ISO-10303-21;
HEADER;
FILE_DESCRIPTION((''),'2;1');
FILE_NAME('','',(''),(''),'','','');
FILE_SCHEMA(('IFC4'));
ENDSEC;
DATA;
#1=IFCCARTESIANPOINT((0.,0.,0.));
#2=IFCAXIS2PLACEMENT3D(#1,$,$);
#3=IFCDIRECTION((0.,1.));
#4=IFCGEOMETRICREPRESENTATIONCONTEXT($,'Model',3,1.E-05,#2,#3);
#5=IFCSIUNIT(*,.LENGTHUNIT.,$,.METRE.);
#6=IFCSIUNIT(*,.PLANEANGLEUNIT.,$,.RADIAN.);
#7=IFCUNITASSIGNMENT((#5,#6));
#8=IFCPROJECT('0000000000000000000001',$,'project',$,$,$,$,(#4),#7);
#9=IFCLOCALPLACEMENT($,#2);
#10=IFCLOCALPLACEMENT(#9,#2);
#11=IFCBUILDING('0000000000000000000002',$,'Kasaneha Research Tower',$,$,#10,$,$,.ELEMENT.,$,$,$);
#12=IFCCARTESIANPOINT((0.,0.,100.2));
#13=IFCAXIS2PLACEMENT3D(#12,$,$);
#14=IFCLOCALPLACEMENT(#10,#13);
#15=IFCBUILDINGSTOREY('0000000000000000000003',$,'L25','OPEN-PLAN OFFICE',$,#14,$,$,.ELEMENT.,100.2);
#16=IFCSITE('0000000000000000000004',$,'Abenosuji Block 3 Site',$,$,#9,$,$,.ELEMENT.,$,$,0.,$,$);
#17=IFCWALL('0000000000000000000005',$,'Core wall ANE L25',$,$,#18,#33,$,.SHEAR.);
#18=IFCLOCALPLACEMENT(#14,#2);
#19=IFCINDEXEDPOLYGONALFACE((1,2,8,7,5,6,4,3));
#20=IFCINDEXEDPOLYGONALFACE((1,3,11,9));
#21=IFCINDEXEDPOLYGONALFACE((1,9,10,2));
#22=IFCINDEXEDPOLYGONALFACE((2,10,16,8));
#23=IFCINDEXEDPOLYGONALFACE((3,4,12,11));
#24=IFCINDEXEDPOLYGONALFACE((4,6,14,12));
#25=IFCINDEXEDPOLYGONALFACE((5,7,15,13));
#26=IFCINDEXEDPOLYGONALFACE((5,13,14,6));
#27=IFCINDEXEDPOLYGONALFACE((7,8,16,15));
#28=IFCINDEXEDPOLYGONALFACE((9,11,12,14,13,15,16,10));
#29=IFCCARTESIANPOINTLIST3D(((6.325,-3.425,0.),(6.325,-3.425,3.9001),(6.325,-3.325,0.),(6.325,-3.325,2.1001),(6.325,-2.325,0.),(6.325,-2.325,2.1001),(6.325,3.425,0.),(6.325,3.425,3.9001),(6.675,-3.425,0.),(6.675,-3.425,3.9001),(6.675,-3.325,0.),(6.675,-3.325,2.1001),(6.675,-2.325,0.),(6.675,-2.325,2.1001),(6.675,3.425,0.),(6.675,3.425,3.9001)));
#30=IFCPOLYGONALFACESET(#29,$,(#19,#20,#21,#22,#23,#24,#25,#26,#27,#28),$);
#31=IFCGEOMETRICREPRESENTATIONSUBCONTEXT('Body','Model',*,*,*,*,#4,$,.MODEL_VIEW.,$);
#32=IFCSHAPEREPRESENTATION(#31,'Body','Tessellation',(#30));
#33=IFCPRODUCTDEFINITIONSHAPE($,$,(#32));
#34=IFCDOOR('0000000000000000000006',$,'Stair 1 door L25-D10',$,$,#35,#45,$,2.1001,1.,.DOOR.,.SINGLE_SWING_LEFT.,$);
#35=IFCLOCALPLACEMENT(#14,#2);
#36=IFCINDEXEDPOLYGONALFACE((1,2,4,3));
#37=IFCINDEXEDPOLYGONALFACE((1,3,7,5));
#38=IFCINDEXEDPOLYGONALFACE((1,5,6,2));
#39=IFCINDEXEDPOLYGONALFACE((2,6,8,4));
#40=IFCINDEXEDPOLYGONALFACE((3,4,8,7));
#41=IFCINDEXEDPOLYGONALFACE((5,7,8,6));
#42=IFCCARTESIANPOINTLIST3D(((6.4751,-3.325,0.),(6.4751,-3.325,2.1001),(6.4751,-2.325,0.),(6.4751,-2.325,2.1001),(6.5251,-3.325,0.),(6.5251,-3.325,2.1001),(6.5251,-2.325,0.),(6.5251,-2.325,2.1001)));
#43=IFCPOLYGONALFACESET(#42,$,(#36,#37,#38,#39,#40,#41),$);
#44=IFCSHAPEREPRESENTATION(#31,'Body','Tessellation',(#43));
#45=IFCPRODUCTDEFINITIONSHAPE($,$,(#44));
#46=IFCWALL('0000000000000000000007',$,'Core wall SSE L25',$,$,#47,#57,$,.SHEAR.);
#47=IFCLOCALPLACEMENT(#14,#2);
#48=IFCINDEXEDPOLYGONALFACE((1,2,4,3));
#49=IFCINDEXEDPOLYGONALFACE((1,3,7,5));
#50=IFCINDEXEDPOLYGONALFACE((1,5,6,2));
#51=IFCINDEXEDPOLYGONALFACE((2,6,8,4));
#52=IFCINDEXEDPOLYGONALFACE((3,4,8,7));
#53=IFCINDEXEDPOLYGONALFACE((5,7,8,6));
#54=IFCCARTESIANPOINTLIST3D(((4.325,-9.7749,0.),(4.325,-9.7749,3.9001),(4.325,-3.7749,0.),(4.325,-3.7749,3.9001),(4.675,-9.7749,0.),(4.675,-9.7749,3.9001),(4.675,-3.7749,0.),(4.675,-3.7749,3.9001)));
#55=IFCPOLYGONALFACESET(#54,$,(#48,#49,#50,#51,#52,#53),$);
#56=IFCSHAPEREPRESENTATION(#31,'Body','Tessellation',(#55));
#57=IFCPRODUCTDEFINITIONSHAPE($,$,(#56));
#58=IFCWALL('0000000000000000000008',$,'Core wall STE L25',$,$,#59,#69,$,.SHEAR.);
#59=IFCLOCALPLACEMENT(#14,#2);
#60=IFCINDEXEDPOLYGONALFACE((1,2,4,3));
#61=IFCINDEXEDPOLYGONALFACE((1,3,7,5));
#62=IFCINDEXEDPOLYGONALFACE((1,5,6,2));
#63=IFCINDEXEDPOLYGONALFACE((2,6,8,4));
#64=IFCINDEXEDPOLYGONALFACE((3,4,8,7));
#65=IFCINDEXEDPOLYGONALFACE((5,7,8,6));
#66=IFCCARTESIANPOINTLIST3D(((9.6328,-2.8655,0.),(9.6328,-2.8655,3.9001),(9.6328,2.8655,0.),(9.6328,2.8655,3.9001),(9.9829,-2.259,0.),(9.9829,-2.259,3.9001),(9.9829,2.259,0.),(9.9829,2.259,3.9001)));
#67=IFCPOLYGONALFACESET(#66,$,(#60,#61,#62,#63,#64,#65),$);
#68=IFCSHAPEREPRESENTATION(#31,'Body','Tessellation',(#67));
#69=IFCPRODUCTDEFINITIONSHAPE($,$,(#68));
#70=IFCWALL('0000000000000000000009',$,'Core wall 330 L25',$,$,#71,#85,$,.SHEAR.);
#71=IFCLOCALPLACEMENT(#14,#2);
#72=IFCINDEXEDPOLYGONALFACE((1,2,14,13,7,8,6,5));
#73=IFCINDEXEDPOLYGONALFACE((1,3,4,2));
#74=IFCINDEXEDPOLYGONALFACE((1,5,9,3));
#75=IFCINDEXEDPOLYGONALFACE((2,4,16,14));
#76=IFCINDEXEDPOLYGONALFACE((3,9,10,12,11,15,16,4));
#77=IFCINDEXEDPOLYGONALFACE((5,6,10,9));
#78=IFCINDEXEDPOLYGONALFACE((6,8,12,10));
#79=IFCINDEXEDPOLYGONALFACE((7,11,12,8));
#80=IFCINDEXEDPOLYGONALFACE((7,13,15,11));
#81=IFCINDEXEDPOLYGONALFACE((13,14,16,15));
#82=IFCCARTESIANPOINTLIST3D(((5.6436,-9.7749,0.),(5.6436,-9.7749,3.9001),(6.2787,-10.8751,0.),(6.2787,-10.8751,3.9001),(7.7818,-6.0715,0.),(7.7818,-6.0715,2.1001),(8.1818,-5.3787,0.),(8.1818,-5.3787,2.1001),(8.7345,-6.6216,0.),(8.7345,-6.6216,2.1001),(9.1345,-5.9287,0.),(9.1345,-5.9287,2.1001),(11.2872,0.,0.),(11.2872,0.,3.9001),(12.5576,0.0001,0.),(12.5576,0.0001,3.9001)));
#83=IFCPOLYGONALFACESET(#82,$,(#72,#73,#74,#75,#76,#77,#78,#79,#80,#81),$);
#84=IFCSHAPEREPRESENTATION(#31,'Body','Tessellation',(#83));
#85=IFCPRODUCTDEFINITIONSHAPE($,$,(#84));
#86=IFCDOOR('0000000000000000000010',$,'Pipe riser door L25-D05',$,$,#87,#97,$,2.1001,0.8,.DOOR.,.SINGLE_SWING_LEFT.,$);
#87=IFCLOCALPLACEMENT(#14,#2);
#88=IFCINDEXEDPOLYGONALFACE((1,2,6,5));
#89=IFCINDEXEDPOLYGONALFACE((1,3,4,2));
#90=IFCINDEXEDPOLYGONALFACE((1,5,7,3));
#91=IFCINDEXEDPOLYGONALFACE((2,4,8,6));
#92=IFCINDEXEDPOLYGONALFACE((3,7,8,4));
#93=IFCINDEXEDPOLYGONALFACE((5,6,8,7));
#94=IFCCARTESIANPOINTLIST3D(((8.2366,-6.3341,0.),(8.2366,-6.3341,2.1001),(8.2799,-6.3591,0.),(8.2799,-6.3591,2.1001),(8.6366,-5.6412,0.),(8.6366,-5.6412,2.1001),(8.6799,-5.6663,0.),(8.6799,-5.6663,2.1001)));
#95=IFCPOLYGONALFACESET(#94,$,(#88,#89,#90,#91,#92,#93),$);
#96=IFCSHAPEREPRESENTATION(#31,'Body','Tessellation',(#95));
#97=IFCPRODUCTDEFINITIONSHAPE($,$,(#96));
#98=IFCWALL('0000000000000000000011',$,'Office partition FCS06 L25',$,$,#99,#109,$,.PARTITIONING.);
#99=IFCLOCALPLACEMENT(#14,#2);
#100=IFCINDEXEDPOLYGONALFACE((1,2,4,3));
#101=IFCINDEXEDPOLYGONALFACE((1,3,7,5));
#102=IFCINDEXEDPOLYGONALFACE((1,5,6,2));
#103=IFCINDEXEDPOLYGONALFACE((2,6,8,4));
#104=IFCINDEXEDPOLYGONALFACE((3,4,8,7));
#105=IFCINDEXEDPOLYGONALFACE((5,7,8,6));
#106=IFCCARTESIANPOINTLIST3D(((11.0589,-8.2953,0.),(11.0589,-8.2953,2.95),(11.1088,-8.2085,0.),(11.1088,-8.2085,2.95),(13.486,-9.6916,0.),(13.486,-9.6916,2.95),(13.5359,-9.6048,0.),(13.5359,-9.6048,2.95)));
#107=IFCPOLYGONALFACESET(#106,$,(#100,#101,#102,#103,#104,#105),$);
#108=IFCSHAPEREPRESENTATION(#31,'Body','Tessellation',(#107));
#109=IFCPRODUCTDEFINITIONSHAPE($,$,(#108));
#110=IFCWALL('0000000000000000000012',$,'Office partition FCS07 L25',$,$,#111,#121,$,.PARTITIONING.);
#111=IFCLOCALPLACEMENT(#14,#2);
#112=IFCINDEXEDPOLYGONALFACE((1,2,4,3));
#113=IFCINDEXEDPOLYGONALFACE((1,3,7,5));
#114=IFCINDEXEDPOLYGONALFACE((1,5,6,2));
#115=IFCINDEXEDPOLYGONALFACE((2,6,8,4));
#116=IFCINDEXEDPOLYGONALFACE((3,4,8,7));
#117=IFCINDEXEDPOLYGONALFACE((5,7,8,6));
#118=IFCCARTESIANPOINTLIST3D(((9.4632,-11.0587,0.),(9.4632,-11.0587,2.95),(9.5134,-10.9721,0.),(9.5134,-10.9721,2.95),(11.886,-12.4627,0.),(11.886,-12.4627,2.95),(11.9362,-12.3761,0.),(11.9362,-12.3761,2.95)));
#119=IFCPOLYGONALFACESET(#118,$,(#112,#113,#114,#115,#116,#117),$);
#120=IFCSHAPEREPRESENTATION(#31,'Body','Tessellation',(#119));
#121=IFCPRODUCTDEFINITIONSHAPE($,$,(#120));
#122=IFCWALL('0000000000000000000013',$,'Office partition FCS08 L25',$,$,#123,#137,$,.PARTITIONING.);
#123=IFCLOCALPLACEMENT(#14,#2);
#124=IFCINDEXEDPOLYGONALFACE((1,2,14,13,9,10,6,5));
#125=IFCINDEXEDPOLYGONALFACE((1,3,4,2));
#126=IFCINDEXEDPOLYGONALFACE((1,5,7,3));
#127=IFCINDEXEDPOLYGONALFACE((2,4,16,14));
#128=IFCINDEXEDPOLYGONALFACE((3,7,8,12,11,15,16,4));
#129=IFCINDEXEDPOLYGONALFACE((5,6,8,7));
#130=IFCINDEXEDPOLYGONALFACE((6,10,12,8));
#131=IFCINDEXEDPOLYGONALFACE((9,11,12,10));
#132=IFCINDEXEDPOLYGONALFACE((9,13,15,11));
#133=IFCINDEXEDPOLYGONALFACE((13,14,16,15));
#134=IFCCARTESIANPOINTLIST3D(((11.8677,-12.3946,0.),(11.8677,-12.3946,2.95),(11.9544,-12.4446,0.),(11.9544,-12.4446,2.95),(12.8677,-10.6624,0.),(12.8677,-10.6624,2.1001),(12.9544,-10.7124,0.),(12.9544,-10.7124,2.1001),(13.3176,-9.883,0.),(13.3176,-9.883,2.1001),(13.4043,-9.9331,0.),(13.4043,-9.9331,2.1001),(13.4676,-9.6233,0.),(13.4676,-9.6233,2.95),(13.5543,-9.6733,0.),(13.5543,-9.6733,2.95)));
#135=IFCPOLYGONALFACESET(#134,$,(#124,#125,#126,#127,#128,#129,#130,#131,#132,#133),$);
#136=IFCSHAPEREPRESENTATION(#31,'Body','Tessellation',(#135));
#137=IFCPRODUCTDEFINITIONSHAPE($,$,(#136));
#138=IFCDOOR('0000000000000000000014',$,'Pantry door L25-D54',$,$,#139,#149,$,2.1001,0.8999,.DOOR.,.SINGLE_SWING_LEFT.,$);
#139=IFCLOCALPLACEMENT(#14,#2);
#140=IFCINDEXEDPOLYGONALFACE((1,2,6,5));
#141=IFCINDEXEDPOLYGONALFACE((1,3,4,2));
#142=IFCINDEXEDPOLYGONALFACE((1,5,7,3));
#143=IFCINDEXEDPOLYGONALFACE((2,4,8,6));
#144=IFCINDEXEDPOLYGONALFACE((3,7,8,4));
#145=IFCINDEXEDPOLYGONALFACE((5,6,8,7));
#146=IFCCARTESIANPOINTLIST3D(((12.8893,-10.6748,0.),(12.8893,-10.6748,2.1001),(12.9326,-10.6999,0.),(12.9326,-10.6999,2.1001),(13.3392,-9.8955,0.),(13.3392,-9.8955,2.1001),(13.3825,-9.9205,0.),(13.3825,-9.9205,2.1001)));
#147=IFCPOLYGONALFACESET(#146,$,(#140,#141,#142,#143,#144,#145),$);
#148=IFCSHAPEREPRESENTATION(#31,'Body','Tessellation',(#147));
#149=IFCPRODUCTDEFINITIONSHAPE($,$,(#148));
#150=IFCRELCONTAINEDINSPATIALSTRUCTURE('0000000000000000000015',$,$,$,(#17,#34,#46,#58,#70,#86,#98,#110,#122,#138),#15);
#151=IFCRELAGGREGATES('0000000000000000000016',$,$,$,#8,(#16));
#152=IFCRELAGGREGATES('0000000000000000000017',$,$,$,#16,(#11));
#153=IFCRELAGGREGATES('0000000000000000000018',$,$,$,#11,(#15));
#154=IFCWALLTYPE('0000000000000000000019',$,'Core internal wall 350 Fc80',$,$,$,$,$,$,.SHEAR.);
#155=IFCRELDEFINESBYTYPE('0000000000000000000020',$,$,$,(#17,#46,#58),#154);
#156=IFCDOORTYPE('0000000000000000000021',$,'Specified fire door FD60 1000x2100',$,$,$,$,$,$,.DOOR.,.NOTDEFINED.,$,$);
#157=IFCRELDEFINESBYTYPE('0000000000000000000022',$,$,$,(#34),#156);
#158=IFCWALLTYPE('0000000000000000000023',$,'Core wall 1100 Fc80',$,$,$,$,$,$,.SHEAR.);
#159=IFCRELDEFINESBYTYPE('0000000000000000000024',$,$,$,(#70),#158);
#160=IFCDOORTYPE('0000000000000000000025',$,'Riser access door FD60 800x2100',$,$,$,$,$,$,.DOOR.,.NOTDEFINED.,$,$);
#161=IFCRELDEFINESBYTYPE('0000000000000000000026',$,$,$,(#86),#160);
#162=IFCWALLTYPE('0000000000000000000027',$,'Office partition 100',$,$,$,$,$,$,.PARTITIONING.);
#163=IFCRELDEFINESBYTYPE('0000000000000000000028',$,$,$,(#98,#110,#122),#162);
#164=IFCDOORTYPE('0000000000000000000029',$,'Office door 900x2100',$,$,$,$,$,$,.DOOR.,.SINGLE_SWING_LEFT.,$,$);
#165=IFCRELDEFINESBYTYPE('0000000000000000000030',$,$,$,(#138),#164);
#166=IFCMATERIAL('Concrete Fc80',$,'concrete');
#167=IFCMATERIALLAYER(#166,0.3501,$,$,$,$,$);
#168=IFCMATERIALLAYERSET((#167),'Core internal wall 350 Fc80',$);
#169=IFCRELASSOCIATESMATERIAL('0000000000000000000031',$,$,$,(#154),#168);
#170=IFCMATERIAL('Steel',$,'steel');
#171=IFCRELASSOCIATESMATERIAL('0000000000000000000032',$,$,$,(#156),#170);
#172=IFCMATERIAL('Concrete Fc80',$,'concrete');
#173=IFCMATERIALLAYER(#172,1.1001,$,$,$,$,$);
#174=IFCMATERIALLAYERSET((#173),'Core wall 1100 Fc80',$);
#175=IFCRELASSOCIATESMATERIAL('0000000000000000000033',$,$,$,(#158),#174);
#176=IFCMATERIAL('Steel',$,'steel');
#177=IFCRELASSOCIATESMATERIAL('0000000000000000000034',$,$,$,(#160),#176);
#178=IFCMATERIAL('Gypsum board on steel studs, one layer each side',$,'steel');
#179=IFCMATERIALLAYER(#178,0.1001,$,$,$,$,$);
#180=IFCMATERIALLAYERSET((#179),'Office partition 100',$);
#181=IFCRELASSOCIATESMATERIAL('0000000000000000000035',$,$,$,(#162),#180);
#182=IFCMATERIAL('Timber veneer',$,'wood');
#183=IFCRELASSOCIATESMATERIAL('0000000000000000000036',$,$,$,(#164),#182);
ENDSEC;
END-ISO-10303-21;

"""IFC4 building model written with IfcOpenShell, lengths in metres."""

from ifc_helpers import new_model, si_unit, direction, frame, frame_2d, origin, place, context, subcontext, project, spatial, polyline, rectangle, outline, extrude, material, layer, layer_set, type_object, element, fill, save


model = new_model("IFC4")

# Units and contexts
model_context = context("Model", 3, precision=1e-05, world=origin(), true_north=direction((0.0, 1.0)))
body_context = subcontext(model_context, "Body", "Model", "MODEL_VIEW")
ifc_project = project(units=[si_unit("LENGTHUNIT", "METRE"), si_unit("PLANEANGLEUNIT", "RADIAN")], contexts=[model_context])

# Site, building, storey
site_placement = place(None, origin())
site = spatial("IfcSite", under=ifc_project, at=site_placement, Name="Abenosuji Block 3 Site", CompositionType="ELEMENT", RefElevation=0.0)
building_placement = place(site_placement, origin())
building = spatial("IfcBuilding", under=site, at=building_placement, Name="Kasaneha Research Tower", CompositionType="ELEMENT")
storey_placement = place(building_placement, frame((0.0, 0.0, 100.2)))
storey = spatial("IfcBuildingStorey", under=building, at=storey_placement, Name="L25", Description="OPEN-PLAN OFFICE", CompositionType="ELEMENT", Elevation=100.2)

# Wall, opening, door
ifc_material_1 = material(Name="Concrete Fc80", Category="concrete")
ifc_layer_1 = layer(ifc_material_1, 0.3501)
ifc_layer_set_1 = layer_set([ifc_layer_1], Name="Core internal wall 350 Fc80")
wall_type_1 = type_object("IfcWallType", Name="Core internal wall 350 Fc80", PredefinedType="SHEAR", material=ifc_layer_set_1)
ifc_material_2 = material(Name="Steel", Category="steel")
door_type_1 = type_object("IfcDoorType", Name="Specified fire door FD60 1000x2100", OperationType="NOTDEFINED", PredefinedType="DOOR", material=ifc_material_2)
wall_1_placement = place(storey_placement, frame((6.5, -3.425, 0.0), z_axis=(0.0, 0.0, 1.0), x_axis=(0.0, 1.0, 0.0)))
wall_1 = element("IfcWall", 1, at=wall_1_placement, inside=storey, type_object=wall_type_1, Name="Core wall ANE L25", PredefinedType="SHEAR", context=body_context, shape_type="SweptSolid", body=[
    extrude(rectangle(XDim=6.8501, YDim=0.3501, at=frame_2d((3.425, 0.0))), origin(), (0.0, 0.0, 1.0), 3.9001),
])
opening_1_placement = place(wall_1_placement, frame((0.1001, 0.0, 0.0)))
opening_1 = element("IfcOpeningElement", 2, at=opening_1_placement, cuts=wall_1, PredefinedType="OPENING", context=body_context, shape_type="SweptSolid", body=[
    extrude(rectangle(XDim=1.0, YDim=2.1001, at=frame_2d((0.5, 1.05))), frame((0.0, 0.1851, 0.0), z_axis=(0.0, -1.0, 0.0), x_axis=(1.0, 0.0, 0.0)), (0.0, 0.0, 1.0), 0.3701),
])
door_1_placement = place(opening_1_placement, origin())
door_1 = element("IfcDoor", 3, at=door_1_placement, inside=storey, type_object=door_type_1, Name="Stair 1 door L25-D10", OperationType="SINGLE_SWING_LEFT", OverallHeight=2.1001, OverallWidth=1.0, PredefinedType="DOOR", context=body_context, shape_type="SweptSolid", body=[
    extrude(rectangle(XDim=1.0, YDim=2.1001, at=frame_2d((0.5, 1.05))), frame((0.0, 0.0249, 0.0), z_axis=(0.0, -1.0, 0.0), x_axis=(1.0, 0.0, 0.0)), (0.0, 0.0, 1.0), 0.05),
])
fill(opening_1, door_1)

# Walls
wall_2_placement = place(storey_placement, frame((4.5, -3.7749, 0.0), z_axis=(0.0, 0.0, 1.0), x_axis=(0.0, -1.0, 0.0)))
element("IfcWall", 4, at=wall_2_placement, inside=storey, type_object=wall_type_1, Name="Core wall SSE L25", PredefinedType="SHEAR", context=body_context, shape_type="SweptSolid", body=[
    extrude(rectangle(XDim=6.0, YDim=0.3501, at=frame_2d((3.0, 0.0))), origin(), (0.0, 0.0, 1.0), 3.9001),
])
wall_3_placement = place(storey_placement, frame((9.8079, -2.5623, 0.0), z_axis=(0.0, 0.0, 1.0), x_axis=(0.0, 1.0, 0.0)))
element("IfcWall", 5, at=wall_3_placement, inside=storey, type_object=wall_type_1, Name="Core wall STE L25", PredefinedType="SHEAR", context=body_context, shape_type="SweptSolid", body=[
    extrude(outline(polyline([(0.3032, -0.175), (4.8213, -0.175), (5.4277, 0.175), (-0.3032, 0.175), (0.3032, -0.175)])), origin(), (0.0, 0.0, 1.0), 3.9001),
])

# Wall, opening, door
ifc_material_3 = material(Name="Concrete Fc80", Category="concrete")
ifc_layer_2 = layer(ifc_material_3, 1.1001)
ifc_layer_set_2 = layer_set([ifc_layer_2], Name="Core wall 1100 Fc80")
wall_type_2 = type_object("IfcWallType", Name="Core wall 1100 Fc80", PredefinedType="SHEAR", material=ifc_layer_set_2)
wall_4_placement = place(storey_placement, frame((5.9612, -10.325, 0.0), z_axis=(0.0, 0.0, 1.0), x_axis=(0.500004, 0.866023, 0.0)))
wall_4 = element("IfcWall", 6, at=wall_4_placement, inside=storey, type_object=wall_type_2, Name="Core wall 330 L25", PredefinedType="SHEAR", context=body_context, shape_type="SweptSolid", body=[
    extrude(outline(polyline([(-0.3176, -0.55), (4.594, -0.55), (5.394, -0.55), (12.24, -0.55), (11.6047, 0.55), (5.394, 0.55), (4.594, 0.55), (0.3176, 0.55), (-0.3176, -0.55)])), origin(), (0.0, 0.0, 1.0), 3.9001),
])
opening_2_placement = place(wall_4_placement, frame((4.594, 0.0, 0.0)))
opening_2 = element("IfcOpeningElement", 7, at=opening_2_placement, cuts=wall_4, PredefinedType="OPENING", context=body_context, shape_type="SweptSolid", body=[
    extrude(rectangle(XDim=0.8, YDim=2.1001, at=frame_2d((0.3999, 1.05))), frame((0.0, 0.5601, 0.0), z_axis=(0.0, -1.0, 0.0), x_axis=(1.0, 0.0, 0.0)), (0.0, 0.0, 1.0), 1.1201),
])
ifc_material_4 = material(Name="Steel", Category="steel")
door_type_2 = type_object("IfcDoorType", Name="Riser access door FD60 800x2100", OperationType="NOTDEFINED", PredefinedType="DOOR", material=ifc_material_4)
door_2_placement = place(opening_2_placement, origin())
door_2 = element("IfcDoor", 8, at=door_2_placement, inside=storey, type_object=door_type_2, Name="Pipe riser door L25-D05", OperationType="SINGLE_SWING_LEFT", OverallHeight=2.1001, OverallWidth=0.8, PredefinedType="DOOR", context=body_context, shape_type="SweptSolid", body=[
    extrude(rectangle(XDim=0.8, YDim=2.1001, at=frame_2d((0.3999, 1.05))), frame((0.0, 0.0249, 0.0), z_axis=(0.0, -1.0, 0.0), x_axis=(1.0, 0.0, 0.0)), (0.0, 0.0, 1.0), 0.05),
])
fill(opening_2, door_2)

# Walls
ifc_material_5 = material(Name="Gypsum board on steel studs, one layer each side", Category="steel")
ifc_layer_3 = layer(ifc_material_5, 0.1001)
ifc_layer_set_3 = layer_set([ifc_layer_3], Name="Office partition 100")
wall_type_3 = type_object("IfcWallType", Name="Office partition 100", PredefinedType="PARTITIONING", material=ifc_layer_set_3)
wall_5_placement = place(storey_placement, frame((11.084, -8.252, 0.0), z_axis=(0.0, 0.0, 1.0), x_axis=(0.866796, -0.498663, 0.0)))
element("IfcWall", 9, at=wall_5_placement, inside=storey, type_object=wall_type_3, Name="Office partition FCS06 L25", PredefinedType="PARTITIONING", context=body_context, shape_type="SweptSolid", body=[
    extrude(rectangle(XDim=2.8, YDim=0.1001, at=frame_2d((1.3999, 0.0))), origin(), (0.0, 0.0, 1.0), 2.95),
])
wall_6_placement = place(storey_placement, frame((11.9111, -12.4194, 0.0), z_axis=(0.0, 0.0, 1.0), x_axis=(-0.865217, 0.501397, 0.0)))
element("IfcWall", 10, at=wall_6_placement, inside=storey, type_object=wall_type_3, Name="Office partition FCS07 L25", PredefinedType="PARTITIONING", context=body_context, shape_type="SweptSolid", body=[
    extrude(rectangle(XDim=2.8003, YDim=0.1001, at=frame_2d((1.4001, 0.0))), origin(), (0.0, 0.0, 1.0), 2.95),
])

# Wall, opening, door
wall_7_placement = place(storey_placement, frame((13.511, -9.6482, 0.0), z_axis=(0.0, 0.0, 1.0), x_axis=(-0.499971, -0.866042, 0.0)))
wall_7 = element("IfcWall", 11, at=wall_7_placement, inside=storey, type_object=wall_type_3, Name="Office partition FCS08 L25", PredefinedType="PARTITIONING", context=body_context, shape_type="SweptSolid", body=[
    extrude(rectangle(XDim=3.2, YDim=0.1001, at=frame_2d((1.6001, 0.0))), origin(), (0.0, 0.0, 1.0), 2.95),
])
opening_3_placement = place(wall_7_placement, frame((0.3, 0.0, 0.0)))
opening_3 = element("IfcOpeningElement", 12, at=opening_3_placement, cuts=wall_7, PredefinedType="OPENING", context=body_context, shape_type="SweptSolid", body=[
    extrude(rectangle(XDim=0.8999, YDim=2.1001, at=frame_2d((0.45, 1.05))), frame((0.0, 0.0601, 0.0), z_axis=(0.0, -1.0, 0.0), x_axis=(1.0, 0.0, 0.0)), (0.0, 0.0, 1.0), 0.1201),
])
ifc_material_6 = material(Name="Timber veneer", Category="wood")
door_type_3 = type_object("IfcDoorType", Name="Office door 900x2100", OperationType="SINGLE_SWING_LEFT", PredefinedType="DOOR", material=ifc_material_6)
door_3_placement = place(opening_3_placement, origin())
door_3 = element("IfcDoor", 13, at=door_3_placement, inside=storey, type_object=door_type_3, Name="Pantry door L25-D54", OperationType="SINGLE_SWING_LEFT", OverallHeight=2.1001, OverallWidth=0.8999, PredefinedType="DOOR", context=body_context, shape_type="SweptSolid", body=[
    extrude(rectangle(XDim=0.8999, YDim=2.1001, at=frame_2d((0.45, 1.05))), frame((0.0, 0.0249, 0.0), z_axis=(0.0, -1.0, 0.0), x_axis=(1.0, 0.0, 0.0)), (0.0, 0.0, 1.0), 0.05),
])
fill(opening_3, door_3)

save(model, "model.ifc")
